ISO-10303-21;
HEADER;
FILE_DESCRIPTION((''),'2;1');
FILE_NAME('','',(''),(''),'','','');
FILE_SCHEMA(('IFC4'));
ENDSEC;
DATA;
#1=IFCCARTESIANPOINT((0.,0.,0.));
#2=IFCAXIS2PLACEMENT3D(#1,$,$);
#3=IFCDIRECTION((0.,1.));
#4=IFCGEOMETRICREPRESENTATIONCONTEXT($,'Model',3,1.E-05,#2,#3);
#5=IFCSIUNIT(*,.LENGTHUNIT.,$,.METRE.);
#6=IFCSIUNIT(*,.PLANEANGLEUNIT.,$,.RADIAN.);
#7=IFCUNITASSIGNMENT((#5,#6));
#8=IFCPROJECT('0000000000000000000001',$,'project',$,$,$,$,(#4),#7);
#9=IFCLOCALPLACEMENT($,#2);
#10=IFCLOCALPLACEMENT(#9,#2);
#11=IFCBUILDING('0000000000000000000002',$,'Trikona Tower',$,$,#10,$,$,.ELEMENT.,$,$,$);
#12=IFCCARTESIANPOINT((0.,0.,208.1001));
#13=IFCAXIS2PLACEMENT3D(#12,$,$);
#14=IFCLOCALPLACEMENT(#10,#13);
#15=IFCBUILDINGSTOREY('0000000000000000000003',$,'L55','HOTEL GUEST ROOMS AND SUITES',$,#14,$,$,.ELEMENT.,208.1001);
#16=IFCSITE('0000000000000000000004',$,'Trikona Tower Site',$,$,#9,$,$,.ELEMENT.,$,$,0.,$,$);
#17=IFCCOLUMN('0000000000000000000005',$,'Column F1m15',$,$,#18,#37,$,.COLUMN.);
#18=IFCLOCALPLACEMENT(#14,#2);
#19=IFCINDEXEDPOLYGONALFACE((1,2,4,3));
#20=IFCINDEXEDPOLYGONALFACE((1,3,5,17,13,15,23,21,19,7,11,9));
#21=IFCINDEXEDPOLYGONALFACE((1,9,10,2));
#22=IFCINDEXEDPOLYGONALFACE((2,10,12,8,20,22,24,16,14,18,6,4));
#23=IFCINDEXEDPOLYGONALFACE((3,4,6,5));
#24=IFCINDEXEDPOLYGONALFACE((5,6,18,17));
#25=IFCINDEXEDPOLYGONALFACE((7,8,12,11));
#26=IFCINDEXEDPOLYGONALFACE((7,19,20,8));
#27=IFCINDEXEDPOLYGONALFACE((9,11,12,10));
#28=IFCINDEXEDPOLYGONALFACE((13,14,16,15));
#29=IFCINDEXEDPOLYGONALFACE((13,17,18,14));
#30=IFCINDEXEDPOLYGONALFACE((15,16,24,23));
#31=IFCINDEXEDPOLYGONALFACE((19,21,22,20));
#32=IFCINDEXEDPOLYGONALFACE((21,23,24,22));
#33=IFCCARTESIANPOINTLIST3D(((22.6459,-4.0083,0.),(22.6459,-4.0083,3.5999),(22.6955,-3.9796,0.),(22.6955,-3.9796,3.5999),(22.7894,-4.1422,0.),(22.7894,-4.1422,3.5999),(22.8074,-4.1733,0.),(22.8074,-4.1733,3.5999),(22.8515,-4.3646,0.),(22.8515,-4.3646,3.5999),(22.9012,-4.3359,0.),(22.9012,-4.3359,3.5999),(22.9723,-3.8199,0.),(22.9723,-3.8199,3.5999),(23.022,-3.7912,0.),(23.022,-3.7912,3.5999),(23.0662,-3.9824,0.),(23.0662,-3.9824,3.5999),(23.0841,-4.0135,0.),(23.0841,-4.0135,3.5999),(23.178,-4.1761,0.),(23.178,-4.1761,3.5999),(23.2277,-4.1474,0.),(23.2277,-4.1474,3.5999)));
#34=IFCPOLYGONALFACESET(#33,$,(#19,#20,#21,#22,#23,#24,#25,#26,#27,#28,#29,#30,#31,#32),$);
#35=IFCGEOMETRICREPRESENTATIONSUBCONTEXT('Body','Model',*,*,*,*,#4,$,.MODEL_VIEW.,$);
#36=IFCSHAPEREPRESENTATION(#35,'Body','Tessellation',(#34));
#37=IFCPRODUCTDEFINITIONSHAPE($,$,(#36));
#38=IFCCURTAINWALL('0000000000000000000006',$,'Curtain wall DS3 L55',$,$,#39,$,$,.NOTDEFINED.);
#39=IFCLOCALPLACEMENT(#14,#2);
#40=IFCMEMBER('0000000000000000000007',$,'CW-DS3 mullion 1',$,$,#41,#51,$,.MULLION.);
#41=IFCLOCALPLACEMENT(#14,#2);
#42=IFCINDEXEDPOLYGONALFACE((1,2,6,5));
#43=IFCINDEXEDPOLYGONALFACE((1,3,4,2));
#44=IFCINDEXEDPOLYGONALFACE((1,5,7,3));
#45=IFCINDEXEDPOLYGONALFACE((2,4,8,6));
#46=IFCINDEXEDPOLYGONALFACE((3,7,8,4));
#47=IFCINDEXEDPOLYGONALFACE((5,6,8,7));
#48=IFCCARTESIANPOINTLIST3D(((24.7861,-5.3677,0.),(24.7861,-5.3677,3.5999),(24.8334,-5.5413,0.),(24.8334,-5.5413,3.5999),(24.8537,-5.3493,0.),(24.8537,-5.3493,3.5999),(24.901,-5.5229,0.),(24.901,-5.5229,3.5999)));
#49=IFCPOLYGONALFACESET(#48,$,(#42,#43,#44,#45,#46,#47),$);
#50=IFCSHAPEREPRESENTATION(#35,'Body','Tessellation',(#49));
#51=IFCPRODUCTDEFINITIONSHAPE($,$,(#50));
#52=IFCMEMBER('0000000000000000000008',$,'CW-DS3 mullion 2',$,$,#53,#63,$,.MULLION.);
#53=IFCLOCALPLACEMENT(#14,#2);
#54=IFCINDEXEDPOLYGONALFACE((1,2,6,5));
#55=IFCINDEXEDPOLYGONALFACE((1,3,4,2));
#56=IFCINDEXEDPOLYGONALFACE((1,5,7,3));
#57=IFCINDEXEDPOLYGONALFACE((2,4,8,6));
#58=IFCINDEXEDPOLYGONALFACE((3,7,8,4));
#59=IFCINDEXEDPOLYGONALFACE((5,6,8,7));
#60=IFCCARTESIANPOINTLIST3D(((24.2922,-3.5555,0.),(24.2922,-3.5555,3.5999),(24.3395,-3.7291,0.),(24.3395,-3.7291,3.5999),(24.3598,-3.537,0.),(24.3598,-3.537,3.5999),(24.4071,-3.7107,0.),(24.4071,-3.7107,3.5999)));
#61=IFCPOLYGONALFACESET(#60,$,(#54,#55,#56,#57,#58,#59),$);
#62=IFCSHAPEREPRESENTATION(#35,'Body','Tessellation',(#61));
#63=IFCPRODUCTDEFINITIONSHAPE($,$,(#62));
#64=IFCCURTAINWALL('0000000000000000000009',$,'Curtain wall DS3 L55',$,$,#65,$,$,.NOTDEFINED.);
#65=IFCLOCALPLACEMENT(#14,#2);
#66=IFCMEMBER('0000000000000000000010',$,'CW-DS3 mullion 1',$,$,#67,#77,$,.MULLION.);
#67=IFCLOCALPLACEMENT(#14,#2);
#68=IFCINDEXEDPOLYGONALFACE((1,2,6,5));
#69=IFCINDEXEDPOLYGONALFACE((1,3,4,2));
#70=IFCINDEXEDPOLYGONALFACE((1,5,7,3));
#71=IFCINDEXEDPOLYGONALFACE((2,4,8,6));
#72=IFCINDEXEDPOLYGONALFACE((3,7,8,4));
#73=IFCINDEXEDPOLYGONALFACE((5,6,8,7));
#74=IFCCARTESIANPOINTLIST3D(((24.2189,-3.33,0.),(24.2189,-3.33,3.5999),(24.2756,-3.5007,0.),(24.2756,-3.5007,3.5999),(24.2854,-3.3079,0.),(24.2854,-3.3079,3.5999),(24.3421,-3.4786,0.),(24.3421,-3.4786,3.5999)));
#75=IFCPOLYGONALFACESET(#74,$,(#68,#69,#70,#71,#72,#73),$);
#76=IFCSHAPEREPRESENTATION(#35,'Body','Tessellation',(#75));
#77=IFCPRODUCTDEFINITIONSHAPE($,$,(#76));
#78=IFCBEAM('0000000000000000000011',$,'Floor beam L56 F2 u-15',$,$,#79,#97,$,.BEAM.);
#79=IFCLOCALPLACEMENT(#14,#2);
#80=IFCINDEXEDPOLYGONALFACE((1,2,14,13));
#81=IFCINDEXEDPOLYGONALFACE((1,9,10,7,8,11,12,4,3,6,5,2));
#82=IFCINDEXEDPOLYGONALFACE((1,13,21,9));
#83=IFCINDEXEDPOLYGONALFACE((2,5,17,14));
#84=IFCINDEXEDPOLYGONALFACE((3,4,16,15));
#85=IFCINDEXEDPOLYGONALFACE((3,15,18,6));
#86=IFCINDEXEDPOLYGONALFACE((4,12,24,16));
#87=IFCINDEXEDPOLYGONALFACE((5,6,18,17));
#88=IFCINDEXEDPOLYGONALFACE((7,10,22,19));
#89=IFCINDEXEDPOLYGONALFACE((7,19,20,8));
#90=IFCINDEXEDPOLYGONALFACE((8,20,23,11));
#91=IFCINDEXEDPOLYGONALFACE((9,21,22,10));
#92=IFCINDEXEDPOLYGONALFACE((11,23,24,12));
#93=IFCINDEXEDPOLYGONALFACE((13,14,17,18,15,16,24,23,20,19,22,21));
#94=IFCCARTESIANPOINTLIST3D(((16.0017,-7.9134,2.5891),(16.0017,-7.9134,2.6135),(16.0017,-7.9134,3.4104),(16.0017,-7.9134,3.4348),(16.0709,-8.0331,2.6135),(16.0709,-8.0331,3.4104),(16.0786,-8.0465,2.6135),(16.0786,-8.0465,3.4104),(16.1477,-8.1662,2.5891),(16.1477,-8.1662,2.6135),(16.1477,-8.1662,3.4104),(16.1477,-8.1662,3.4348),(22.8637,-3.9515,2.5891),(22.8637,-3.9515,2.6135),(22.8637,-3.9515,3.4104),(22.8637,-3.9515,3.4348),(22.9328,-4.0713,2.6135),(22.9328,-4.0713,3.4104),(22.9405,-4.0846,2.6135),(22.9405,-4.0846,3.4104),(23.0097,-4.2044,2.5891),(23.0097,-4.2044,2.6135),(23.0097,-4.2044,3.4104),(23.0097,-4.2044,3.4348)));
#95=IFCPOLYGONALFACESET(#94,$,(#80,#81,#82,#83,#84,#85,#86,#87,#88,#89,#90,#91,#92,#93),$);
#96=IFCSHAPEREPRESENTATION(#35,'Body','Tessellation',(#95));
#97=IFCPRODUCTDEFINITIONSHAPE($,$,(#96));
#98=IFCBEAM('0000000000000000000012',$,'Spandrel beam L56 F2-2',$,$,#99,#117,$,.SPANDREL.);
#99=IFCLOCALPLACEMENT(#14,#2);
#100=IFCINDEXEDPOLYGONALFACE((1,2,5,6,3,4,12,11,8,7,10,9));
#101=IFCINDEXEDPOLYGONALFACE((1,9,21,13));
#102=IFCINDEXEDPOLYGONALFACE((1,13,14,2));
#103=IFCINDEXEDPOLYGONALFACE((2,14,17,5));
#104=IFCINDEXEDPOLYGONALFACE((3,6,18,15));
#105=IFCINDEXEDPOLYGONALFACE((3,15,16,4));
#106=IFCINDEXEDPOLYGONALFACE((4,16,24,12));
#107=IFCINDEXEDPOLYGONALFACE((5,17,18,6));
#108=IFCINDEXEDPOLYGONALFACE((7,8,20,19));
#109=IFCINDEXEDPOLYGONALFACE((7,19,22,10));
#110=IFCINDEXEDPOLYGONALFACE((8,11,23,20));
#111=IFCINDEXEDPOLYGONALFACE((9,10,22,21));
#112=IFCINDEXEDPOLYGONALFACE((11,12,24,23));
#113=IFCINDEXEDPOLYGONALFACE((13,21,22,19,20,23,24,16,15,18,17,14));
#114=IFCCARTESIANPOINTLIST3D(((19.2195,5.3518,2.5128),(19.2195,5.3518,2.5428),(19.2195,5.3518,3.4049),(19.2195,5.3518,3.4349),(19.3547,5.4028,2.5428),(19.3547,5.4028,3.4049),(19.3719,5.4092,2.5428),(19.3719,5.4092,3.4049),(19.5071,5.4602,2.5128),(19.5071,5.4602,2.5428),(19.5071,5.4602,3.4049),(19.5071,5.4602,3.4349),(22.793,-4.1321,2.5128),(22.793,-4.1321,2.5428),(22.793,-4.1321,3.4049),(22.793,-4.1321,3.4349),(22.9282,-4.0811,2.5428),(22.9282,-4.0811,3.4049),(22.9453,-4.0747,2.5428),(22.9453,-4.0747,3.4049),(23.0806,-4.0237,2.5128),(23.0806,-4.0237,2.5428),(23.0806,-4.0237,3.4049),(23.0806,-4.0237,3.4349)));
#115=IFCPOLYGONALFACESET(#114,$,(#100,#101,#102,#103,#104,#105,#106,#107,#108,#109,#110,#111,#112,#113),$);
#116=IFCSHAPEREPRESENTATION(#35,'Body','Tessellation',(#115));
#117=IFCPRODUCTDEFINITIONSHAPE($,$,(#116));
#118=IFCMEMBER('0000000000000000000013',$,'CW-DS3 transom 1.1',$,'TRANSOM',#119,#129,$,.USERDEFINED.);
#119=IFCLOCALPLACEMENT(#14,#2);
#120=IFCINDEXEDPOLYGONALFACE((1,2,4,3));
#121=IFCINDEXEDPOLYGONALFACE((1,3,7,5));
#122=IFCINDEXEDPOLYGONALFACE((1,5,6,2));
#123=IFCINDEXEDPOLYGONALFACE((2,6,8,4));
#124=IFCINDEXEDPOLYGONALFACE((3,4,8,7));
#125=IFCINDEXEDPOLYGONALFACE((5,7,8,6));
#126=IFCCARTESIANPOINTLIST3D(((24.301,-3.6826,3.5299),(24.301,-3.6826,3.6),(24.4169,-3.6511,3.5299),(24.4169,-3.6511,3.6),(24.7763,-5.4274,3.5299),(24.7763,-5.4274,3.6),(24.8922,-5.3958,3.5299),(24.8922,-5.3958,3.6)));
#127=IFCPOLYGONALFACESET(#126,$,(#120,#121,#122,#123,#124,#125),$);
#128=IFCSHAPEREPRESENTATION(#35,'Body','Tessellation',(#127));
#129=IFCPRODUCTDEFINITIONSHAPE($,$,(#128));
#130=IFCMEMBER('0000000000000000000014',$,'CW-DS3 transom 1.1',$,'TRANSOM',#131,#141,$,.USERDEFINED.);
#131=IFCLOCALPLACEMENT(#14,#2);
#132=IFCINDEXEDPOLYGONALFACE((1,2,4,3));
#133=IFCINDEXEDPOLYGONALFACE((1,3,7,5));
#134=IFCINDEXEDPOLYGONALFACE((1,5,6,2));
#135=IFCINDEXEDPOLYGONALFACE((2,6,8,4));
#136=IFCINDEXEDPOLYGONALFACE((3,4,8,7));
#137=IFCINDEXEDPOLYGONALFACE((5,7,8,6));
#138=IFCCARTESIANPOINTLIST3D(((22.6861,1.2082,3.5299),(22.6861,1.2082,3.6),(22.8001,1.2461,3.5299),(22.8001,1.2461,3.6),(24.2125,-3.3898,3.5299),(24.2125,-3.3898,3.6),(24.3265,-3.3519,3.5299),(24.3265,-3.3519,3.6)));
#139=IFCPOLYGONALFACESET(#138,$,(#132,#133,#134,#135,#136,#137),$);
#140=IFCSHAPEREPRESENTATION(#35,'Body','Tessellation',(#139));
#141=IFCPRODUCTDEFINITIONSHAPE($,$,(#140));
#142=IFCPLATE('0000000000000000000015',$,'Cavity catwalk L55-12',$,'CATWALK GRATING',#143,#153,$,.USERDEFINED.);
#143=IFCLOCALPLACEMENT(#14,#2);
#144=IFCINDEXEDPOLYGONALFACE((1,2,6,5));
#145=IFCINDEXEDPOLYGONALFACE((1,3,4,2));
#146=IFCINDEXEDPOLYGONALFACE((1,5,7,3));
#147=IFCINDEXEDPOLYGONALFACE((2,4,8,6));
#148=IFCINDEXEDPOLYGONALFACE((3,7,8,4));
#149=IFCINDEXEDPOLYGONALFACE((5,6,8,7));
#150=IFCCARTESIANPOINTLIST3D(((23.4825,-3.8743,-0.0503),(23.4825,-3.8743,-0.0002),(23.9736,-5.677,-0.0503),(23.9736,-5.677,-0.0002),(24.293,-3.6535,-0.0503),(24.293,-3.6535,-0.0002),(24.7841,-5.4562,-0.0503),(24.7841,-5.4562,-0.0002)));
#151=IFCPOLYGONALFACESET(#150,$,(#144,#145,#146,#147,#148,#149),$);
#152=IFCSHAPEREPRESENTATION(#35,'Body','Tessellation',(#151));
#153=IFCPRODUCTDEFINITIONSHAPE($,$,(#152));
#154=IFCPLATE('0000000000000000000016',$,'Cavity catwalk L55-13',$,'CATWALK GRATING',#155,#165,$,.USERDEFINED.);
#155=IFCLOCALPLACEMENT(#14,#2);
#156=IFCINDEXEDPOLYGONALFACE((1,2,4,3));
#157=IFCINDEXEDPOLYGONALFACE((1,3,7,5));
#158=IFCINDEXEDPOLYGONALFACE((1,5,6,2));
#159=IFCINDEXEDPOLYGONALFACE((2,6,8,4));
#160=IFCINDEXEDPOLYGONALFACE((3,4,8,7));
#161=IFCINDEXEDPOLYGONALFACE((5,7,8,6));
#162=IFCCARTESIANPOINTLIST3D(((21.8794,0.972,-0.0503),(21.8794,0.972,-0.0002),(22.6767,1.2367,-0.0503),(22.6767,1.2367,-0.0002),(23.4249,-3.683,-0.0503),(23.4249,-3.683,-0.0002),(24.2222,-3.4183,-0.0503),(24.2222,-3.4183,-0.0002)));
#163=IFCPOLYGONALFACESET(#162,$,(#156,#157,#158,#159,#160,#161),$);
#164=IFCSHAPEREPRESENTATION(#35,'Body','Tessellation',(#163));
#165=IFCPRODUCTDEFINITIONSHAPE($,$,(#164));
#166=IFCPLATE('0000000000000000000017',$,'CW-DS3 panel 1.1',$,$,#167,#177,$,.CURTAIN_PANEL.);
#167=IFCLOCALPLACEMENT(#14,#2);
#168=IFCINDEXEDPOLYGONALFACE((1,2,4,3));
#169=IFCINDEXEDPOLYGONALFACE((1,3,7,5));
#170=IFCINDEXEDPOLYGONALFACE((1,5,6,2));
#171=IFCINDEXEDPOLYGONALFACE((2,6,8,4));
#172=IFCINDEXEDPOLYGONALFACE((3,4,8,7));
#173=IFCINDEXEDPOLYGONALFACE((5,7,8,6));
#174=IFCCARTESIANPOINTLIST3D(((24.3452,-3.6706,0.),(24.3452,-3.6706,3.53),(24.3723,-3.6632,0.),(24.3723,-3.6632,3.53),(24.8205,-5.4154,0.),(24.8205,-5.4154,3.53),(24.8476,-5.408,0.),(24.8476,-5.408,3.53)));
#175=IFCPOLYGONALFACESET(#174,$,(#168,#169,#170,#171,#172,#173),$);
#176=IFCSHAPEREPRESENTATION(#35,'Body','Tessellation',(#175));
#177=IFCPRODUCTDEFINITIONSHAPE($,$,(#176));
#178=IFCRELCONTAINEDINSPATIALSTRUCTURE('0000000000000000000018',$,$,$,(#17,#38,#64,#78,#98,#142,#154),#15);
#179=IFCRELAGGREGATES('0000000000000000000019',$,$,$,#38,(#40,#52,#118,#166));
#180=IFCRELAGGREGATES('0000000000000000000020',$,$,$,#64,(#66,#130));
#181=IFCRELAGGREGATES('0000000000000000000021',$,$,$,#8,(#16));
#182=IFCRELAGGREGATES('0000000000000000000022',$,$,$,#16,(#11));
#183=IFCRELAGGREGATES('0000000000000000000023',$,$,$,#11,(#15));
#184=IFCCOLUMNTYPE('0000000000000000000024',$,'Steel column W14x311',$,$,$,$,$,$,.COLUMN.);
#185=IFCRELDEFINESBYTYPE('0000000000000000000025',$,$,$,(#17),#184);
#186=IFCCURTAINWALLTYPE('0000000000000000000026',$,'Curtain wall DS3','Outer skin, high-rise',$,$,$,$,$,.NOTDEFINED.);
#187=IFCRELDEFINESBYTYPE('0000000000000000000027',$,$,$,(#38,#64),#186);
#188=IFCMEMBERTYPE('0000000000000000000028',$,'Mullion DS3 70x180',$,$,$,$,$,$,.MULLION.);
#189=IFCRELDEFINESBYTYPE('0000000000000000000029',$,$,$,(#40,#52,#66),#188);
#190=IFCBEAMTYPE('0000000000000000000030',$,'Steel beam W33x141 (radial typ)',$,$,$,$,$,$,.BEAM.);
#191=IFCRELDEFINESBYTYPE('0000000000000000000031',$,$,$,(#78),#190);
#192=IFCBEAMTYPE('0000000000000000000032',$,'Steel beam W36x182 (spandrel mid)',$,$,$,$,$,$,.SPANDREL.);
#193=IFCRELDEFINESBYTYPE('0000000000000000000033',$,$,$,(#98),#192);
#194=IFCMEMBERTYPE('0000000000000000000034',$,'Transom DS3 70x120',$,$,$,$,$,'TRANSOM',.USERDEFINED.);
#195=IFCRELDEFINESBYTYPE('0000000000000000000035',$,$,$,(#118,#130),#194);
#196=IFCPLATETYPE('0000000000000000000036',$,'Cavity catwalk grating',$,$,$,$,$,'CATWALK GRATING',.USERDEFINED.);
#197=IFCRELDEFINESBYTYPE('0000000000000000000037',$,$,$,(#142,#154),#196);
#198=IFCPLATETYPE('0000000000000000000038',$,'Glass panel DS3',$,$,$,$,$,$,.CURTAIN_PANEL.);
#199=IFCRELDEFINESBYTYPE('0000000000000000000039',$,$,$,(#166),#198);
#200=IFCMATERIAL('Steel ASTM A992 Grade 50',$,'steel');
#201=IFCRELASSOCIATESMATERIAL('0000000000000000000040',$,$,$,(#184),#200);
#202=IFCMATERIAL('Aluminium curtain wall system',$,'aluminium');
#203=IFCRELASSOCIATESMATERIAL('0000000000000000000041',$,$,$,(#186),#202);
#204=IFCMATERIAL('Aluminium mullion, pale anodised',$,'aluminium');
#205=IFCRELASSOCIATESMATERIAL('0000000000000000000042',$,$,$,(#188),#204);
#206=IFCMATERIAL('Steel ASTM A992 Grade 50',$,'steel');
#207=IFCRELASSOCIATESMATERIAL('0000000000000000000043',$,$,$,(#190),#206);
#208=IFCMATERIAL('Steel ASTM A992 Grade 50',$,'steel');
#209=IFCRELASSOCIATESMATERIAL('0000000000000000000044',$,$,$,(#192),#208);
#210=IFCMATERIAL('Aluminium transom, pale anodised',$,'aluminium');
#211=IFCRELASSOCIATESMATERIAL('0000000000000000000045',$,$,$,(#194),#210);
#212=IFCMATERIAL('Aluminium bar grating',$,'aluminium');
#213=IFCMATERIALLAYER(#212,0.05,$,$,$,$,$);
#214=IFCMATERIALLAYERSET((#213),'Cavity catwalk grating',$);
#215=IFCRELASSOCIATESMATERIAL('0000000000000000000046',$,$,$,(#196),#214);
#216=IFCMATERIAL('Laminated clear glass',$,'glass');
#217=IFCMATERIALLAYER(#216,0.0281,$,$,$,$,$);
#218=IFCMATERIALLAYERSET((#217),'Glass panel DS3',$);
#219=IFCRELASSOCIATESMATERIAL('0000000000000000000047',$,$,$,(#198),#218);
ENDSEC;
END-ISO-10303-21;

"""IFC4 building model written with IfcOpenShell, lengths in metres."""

from ifc_helpers import new_model, si_unit, direction, frame, origin, origin_2d, place, context, subcontext, project, spatial, rectangle, i_section, extrude, material, layer, layer_set, material_profile, profile_set, type_object, element, aggregate, save


model = new_model("IFC4")

# Units and contexts
model_context = context("Model", 3, precision=1e-05, world=origin(), true_north=direction((0.0, 1.0)))
body_context = subcontext(model_context, "Body", "Model", "MODEL_VIEW")
ifc_project = project(units=[si_unit("LENGTHUNIT", "METRE"), si_unit("PLANEANGLEUNIT", "RADIAN")], contexts=[model_context])

# Site, building, storey
site_placement = place(None, origin())
site = spatial("IfcSite", under=ifc_project, at=site_placement, Name="Trikona Tower Site", CompositionType="ELEMENT", RefElevation=0.0)
building_placement = place(site_placement, origin())
building = spatial("IfcBuilding", under=site, at=building_placement, Name="Trikona Tower", CompositionType="ELEMENT")
storey_placement = place(building_placement, frame((0.0, 0.0, 208.1001)))
storey = spatial("IfcBuildingStorey", under=building, at=storey_placement, Name="L55", Description="HOTEL GUEST ROOMS AND SUITES", CompositionType="ELEMENT", Elevation=208.1001)

# Column
ifc_material_1 = material(Name="Steel ASTM A992 Grade 50", Category="steel")
ifc_material_profile_1 = material_profile(ifc_material_1, i_section(OverallWidth=0.4114, OverallDepth=0.4343, WebThickness=0.0359, FlangeThickness=0.0574, at=origin_2d()), Name="W14X311")
ifc_profile_set_1 = profile_set([ifc_material_profile_1], Name="Steel ASTM A992 Grade 50")
column_type = type_object("IfcColumnType", Name="Steel column W14x311", PredefinedType="COLUMN", material=ifc_profile_set_1)
column_placement = place(storey_placement, frame((22.9368, -4.0779, 0.0), z_axis=(0.0, 0.0, 1.0), x_axis=(-0.5, 0.866025, 0.0)))
element("IfcColumn", 1, at=column_placement, inside=storey, type_object=column_type, Name="Column F1m15", PredefinedType="COLUMN", context=body_context, shape_type="SweptSolid", body=[
    extrude(i_section(OverallWidth=0.4114, OverallDepth=0.4343, WebThickness=0.0359, FlangeThickness=0.0574, at=origin_2d()), origin(), (0.0, 0.0, 1.0), 3.5999),
])

# Curtain wall, members
ifc_material_2 = material(Name="Aluminium curtain wall system", Category="aluminium")
curtain_wall_type = type_object("IfcCurtainWallType", Name="Curtain wall DS3", Description="Outer skin, high-rise", PredefinedType="NOTDEFINED", material=ifc_material_2)
curtain_wall_1_placement = place(storey_placement, origin())
curtain_wall_1 = element("IfcCurtainWall", 2, at=curtain_wall_1_placement, inside=storey, type_object=curtain_wall_type, Name="Curtain wall DS3 L55", PredefinedType="NOTDEFINED")
ifc_material_3 = material(Name="Aluminium mullion, pale anodised", Category="aluminium")
ifc_material_profile_2 = material_profile(ifc_material_3, rectangle(XDim=0.0701, YDim=0.1799, at=origin_2d()), Name="MUL-DS3")
ifc_profile_set_2 = profile_set([ifc_material_profile_2], Name="Aluminium mullion, pale anodised")
member_type_1 = type_object("IfcMemberType", Name="Mullion DS3 70x180", PredefinedType="MULLION", material=ifc_profile_set_2)
member_1_placement = place(storey_placement, frame((24.8435, -5.4453, 0.0), z_axis=(0.0, 0.0, 1.0), x_axis=(-0.964838, -0.262844, 0.0)))
member_1 = element("IfcMember", 3, at=member_1_placement, type_object=member_type_1, Name="CW-DS3 mullion 1", PredefinedType="MULLION", context=body_context, shape_type="SweptSolid", body=[
    extrude(rectangle(XDim=0.0701, YDim=0.1799, at=origin_2d()), origin(), (0.0, 0.0, 1.0), 3.5999),
])
member_2_placement = place(storey_placement, frame((24.3496, -3.6331, 0.0), z_axis=(0.0, 0.0, 1.0), x_axis=(-0.964838, -0.262844, 0.0)))
member_2 = element("IfcMember", 4, at=member_2_placement, type_object=member_type_1, Name="CW-DS3 mullion 2", PredefinedType="MULLION", context=body_context, shape_type="SweptSolid", body=[
    extrude(rectangle(XDim=0.0701, YDim=0.1799, at=origin_2d()), origin(), (0.0, 0.0, 1.0), 3.5999),
])

# Curtain wall, member
curtain_wall_2_placement = place(storey_placement, origin())
curtain_wall_2 = element("IfcCurtainWall", 5, at=curtain_wall_2_placement, inside=storey, type_object=curtain_wall_type, Name="Curtain wall DS3 L55", PredefinedType="NOTDEFINED")
member_3_placement = place(storey_placement, frame((24.2805, -3.4043, 0.0), z_axis=(0.0, 0.0, 1.0), x_axis=(-0.949066, -0.315078, 0.0)))
member_3 = element("IfcMember", 6, at=member_3_placement, type_object=member_type_1, Name="CW-DS3 mullion 1", PredefinedType="MULLION", context=body_context, shape_type="SweptSolid", body=[
    extrude(rectangle(XDim=0.0701, YDim=0.1799, at=origin_2d()), origin(), (0.0, 0.0, 1.0), 3.5999),
])

# Beams
ifc_material_4 = material(Name="Steel ASTM A992 Grade 50", Category="steel")
ifc_material_profile_3 = material_profile(ifc_material_4, i_section(OverallWidth=0.292, OverallDepth=0.8457, WebThickness=0.0154, FlangeThickness=0.0244, at=origin_2d()), Name="W33X141")
ifc_profile_set_3 = profile_set([ifc_material_profile_3], Name="Steel ASTM A992 Grade 50")
beam_type_1 = type_object("IfcBeamType", Name="Steel beam W33x141 (radial typ)", PredefinedType="BEAM", material=ifc_profile_set_3)
beam_1_placement = place(storey_placement, frame((16.0747, -8.0398, 3.012), z_axis=(0.86602, 0.50001, 0.0), x_axis=(-0.50001, 0.86602, 0.0)))
element("IfcBeam", 7, at=beam_1_placement, inside=storey, type_object=beam_type_1, Name="Floor beam L56 F2 u-15", PredefinedType="BEAM", context=body_context, shape_type="SweptSolid", body=[
    extrude(i_section(OverallWidth=0.292, OverallDepth=0.8457, WebThickness=0.0154, FlangeThickness=0.0244, at=origin_2d()), origin(), (0.0, 0.0, 1.0), 7.9236),
])
ifc_material_5 = material(Name="Steel ASTM A992 Grade 50", Category="steel")
ifc_material_profile_4 = material_profile(ifc_material_5, i_section(OverallWidth=0.3074, OverallDepth=0.9221, WebThickness=0.0183, FlangeThickness=0.03, at=origin_2d()), Name="W36X182")
ifc_profile_set_4 = profile_set([ifc_material_profile_4], Name="Steel ASTM A992 Grade 50")
beam_type_2 = type_object("IfcBeamType", Name="Steel beam W36x182 (spandrel mid)", PredefinedType="SPANDREL", material=ifc_profile_set_4)
beam_2_placement = place(storey_placement, frame((22.9368, -4.0779, 2.9739), z_axis=(-0.352596, 0.935776, 0.0), x_axis=(-0.935776, -0.352596, 0.0)))
element("IfcBeam", 8, at=beam_2_placement, inside=storey, type_object=beam_type_2, Name="Spandrel beam L56 F2-2", PredefinedType="SPANDREL", context=body_context, shape_type="SweptSolid", body=[
    extrude(i_section(OverallWidth=0.3074, OverallDepth=0.9221, WebThickness=0.0183, FlangeThickness=0.03, at=origin_2d()), origin(), (0.0, 0.0, 1.0), 10.1348),
])

# Members
ifc_material_6 = material(Name="Aluminium transom, pale anodised", Category="aluminium")
ifc_material_profile_5 = material_profile(ifc_material_6, rectangle(XDim=0.1201, YDim=0.0701, at=origin_2d()), Name="TRN-DS3")
ifc_profile_set_5 = profile_set([ifc_material_profile_5], Name="Aluminium transom, pale anodised")
member_type_2 = type_object("IfcMemberType", Name="Transom DS3 70x120", ElementType="TRANSOM", PredefinedType="USERDEFINED", material=ifc_profile_set_5)
member_4_placement = place(storey_placement, frame((24.8342, -5.4116, 3.5649), z_axis=(-0.262843, 0.964839, 0.0), x_axis=(-0.964839, -0.262843, 0.0)))
member_4 = element("IfcMember", 9, at=member_4_placement, type_object=member_type_2, Name="CW-DS3 transom 1.1", ObjectType="TRANSOM", PredefinedType="USERDEFINED", context=body_context, shape_type="SweptSolid", body=[
    extrude(rectangle(XDim=0.1201, YDim=0.0701, at=origin_2d()), origin(), (0.0, 0.0, 1.0), 1.8083),
])
member_5_placement = place(storey_placement, frame((24.2695, -3.3708, 3.5649), z_axis=(-0.315063, 0.949071, 0.0), x_axis=(-0.949071, -0.315063, 0.0)))
member_5 = element("IfcMember", 10, at=member_5_placement, type_object=member_type_2, Name="CW-DS3 transom 1.1", ObjectType="TRANSOM", PredefinedType="USERDEFINED", context=body_context, shape_type="SweptSolid", body=[
    extrude(rectangle(XDim=0.1201, YDim=0.0701, at=origin_2d()), origin(), (0.0, 0.0, 1.0), 4.8447),
])

# Plates
ifc_material_7 = material(Name="Aluminium bar grating", Category="aluminium")
ifc_layer_1 = layer(ifc_material_7, 0.05)
ifc_layer_set_1 = layer_set([ifc_layer_1], Name="Cavity catwalk grating")
plate_type_1 = type_object("IfcPlateType", Name="Cavity catwalk grating", ElementType="CATWALK GRATING", PredefinedType="USERDEFINED", material=ifc_layer_set_1)
plate_1_placement = place(storey_placement, frame((24.1333, -4.6653, -0.0503), z_axis=(0.0, 0.0, 1.0), x_axis=(-0.262822, 0.964844, 0.0)))
element("IfcPlate", 11, at=plate_1_placement, inside=storey, type_object=plate_type_1, Name="Cavity catwalk L55-12", ObjectType="CATWALK GRATING", PredefinedType="USERDEFINED", context=body_context, shape_type="SweptSolid", body=[
    extrude(rectangle(XDim=1.8684, YDim=0.8401, at=origin_2d()), origin(), (0.0, 0.0, 1.0), 0.05),
])
plate_2_placement = place(storey_placement, frame((23.0508, -1.2231, -0.0503), z_axis=(0.0, 0.0, 1.0), x_axis=(-0.315093, 0.949061, 0.0)))
element("IfcPlate", 12, at=plate_2_placement, inside=storey, type_object=plate_type_1, Name="Cavity catwalk L55-13", ObjectType="CATWALK GRATING", PredefinedType="USERDEFINED", context=body_context, shape_type="SweptSolid", body=[
    extrude(rectangle(XDim=4.9048, YDim=0.8401, at=origin_2d()), origin(), (0.0, 0.0, 1.0), 0.05),
])

# Plate
ifc_material_8 = material(Name="Laminated clear glass", Category="glass")
ifc_layer_2 = layer(ifc_material_8, 0.0281)
ifc_layer_set_2 = layer_set([ifc_layer_2], Name="Glass panel DS3")
plate_type_2 = type_object("IfcPlateType", Name="Glass panel DS3", PredefinedType="CURTAIN_PANEL", material=ifc_layer_set_2)
plate_3_placement = place(storey_placement, frame((24.5964, -4.5393, 0.0), z_axis=(0.0, 0.0, 1.0), x_axis=(-0.262844, 0.964838, 0.0)))
plate_3 = element("IfcPlate", 13, at=plate_3_placement, type_object=plate_type_2, Name="CW-DS3 panel 1.1", PredefinedType="CURTAIN_PANEL", context=body_context, shape_type="SweptSolid", body=[
    extrude(rectangle(XDim=1.8083, YDim=0.0281, at=origin_2d()), origin(), (0.0, 0.0, 1.0), 3.53),
])
aggregate(curtain_wall_1, [member_1, member_2, member_4, plate_3])
aggregate(curtain_wall_2, [member_3, member_5])

save(model, "model.ifc")
